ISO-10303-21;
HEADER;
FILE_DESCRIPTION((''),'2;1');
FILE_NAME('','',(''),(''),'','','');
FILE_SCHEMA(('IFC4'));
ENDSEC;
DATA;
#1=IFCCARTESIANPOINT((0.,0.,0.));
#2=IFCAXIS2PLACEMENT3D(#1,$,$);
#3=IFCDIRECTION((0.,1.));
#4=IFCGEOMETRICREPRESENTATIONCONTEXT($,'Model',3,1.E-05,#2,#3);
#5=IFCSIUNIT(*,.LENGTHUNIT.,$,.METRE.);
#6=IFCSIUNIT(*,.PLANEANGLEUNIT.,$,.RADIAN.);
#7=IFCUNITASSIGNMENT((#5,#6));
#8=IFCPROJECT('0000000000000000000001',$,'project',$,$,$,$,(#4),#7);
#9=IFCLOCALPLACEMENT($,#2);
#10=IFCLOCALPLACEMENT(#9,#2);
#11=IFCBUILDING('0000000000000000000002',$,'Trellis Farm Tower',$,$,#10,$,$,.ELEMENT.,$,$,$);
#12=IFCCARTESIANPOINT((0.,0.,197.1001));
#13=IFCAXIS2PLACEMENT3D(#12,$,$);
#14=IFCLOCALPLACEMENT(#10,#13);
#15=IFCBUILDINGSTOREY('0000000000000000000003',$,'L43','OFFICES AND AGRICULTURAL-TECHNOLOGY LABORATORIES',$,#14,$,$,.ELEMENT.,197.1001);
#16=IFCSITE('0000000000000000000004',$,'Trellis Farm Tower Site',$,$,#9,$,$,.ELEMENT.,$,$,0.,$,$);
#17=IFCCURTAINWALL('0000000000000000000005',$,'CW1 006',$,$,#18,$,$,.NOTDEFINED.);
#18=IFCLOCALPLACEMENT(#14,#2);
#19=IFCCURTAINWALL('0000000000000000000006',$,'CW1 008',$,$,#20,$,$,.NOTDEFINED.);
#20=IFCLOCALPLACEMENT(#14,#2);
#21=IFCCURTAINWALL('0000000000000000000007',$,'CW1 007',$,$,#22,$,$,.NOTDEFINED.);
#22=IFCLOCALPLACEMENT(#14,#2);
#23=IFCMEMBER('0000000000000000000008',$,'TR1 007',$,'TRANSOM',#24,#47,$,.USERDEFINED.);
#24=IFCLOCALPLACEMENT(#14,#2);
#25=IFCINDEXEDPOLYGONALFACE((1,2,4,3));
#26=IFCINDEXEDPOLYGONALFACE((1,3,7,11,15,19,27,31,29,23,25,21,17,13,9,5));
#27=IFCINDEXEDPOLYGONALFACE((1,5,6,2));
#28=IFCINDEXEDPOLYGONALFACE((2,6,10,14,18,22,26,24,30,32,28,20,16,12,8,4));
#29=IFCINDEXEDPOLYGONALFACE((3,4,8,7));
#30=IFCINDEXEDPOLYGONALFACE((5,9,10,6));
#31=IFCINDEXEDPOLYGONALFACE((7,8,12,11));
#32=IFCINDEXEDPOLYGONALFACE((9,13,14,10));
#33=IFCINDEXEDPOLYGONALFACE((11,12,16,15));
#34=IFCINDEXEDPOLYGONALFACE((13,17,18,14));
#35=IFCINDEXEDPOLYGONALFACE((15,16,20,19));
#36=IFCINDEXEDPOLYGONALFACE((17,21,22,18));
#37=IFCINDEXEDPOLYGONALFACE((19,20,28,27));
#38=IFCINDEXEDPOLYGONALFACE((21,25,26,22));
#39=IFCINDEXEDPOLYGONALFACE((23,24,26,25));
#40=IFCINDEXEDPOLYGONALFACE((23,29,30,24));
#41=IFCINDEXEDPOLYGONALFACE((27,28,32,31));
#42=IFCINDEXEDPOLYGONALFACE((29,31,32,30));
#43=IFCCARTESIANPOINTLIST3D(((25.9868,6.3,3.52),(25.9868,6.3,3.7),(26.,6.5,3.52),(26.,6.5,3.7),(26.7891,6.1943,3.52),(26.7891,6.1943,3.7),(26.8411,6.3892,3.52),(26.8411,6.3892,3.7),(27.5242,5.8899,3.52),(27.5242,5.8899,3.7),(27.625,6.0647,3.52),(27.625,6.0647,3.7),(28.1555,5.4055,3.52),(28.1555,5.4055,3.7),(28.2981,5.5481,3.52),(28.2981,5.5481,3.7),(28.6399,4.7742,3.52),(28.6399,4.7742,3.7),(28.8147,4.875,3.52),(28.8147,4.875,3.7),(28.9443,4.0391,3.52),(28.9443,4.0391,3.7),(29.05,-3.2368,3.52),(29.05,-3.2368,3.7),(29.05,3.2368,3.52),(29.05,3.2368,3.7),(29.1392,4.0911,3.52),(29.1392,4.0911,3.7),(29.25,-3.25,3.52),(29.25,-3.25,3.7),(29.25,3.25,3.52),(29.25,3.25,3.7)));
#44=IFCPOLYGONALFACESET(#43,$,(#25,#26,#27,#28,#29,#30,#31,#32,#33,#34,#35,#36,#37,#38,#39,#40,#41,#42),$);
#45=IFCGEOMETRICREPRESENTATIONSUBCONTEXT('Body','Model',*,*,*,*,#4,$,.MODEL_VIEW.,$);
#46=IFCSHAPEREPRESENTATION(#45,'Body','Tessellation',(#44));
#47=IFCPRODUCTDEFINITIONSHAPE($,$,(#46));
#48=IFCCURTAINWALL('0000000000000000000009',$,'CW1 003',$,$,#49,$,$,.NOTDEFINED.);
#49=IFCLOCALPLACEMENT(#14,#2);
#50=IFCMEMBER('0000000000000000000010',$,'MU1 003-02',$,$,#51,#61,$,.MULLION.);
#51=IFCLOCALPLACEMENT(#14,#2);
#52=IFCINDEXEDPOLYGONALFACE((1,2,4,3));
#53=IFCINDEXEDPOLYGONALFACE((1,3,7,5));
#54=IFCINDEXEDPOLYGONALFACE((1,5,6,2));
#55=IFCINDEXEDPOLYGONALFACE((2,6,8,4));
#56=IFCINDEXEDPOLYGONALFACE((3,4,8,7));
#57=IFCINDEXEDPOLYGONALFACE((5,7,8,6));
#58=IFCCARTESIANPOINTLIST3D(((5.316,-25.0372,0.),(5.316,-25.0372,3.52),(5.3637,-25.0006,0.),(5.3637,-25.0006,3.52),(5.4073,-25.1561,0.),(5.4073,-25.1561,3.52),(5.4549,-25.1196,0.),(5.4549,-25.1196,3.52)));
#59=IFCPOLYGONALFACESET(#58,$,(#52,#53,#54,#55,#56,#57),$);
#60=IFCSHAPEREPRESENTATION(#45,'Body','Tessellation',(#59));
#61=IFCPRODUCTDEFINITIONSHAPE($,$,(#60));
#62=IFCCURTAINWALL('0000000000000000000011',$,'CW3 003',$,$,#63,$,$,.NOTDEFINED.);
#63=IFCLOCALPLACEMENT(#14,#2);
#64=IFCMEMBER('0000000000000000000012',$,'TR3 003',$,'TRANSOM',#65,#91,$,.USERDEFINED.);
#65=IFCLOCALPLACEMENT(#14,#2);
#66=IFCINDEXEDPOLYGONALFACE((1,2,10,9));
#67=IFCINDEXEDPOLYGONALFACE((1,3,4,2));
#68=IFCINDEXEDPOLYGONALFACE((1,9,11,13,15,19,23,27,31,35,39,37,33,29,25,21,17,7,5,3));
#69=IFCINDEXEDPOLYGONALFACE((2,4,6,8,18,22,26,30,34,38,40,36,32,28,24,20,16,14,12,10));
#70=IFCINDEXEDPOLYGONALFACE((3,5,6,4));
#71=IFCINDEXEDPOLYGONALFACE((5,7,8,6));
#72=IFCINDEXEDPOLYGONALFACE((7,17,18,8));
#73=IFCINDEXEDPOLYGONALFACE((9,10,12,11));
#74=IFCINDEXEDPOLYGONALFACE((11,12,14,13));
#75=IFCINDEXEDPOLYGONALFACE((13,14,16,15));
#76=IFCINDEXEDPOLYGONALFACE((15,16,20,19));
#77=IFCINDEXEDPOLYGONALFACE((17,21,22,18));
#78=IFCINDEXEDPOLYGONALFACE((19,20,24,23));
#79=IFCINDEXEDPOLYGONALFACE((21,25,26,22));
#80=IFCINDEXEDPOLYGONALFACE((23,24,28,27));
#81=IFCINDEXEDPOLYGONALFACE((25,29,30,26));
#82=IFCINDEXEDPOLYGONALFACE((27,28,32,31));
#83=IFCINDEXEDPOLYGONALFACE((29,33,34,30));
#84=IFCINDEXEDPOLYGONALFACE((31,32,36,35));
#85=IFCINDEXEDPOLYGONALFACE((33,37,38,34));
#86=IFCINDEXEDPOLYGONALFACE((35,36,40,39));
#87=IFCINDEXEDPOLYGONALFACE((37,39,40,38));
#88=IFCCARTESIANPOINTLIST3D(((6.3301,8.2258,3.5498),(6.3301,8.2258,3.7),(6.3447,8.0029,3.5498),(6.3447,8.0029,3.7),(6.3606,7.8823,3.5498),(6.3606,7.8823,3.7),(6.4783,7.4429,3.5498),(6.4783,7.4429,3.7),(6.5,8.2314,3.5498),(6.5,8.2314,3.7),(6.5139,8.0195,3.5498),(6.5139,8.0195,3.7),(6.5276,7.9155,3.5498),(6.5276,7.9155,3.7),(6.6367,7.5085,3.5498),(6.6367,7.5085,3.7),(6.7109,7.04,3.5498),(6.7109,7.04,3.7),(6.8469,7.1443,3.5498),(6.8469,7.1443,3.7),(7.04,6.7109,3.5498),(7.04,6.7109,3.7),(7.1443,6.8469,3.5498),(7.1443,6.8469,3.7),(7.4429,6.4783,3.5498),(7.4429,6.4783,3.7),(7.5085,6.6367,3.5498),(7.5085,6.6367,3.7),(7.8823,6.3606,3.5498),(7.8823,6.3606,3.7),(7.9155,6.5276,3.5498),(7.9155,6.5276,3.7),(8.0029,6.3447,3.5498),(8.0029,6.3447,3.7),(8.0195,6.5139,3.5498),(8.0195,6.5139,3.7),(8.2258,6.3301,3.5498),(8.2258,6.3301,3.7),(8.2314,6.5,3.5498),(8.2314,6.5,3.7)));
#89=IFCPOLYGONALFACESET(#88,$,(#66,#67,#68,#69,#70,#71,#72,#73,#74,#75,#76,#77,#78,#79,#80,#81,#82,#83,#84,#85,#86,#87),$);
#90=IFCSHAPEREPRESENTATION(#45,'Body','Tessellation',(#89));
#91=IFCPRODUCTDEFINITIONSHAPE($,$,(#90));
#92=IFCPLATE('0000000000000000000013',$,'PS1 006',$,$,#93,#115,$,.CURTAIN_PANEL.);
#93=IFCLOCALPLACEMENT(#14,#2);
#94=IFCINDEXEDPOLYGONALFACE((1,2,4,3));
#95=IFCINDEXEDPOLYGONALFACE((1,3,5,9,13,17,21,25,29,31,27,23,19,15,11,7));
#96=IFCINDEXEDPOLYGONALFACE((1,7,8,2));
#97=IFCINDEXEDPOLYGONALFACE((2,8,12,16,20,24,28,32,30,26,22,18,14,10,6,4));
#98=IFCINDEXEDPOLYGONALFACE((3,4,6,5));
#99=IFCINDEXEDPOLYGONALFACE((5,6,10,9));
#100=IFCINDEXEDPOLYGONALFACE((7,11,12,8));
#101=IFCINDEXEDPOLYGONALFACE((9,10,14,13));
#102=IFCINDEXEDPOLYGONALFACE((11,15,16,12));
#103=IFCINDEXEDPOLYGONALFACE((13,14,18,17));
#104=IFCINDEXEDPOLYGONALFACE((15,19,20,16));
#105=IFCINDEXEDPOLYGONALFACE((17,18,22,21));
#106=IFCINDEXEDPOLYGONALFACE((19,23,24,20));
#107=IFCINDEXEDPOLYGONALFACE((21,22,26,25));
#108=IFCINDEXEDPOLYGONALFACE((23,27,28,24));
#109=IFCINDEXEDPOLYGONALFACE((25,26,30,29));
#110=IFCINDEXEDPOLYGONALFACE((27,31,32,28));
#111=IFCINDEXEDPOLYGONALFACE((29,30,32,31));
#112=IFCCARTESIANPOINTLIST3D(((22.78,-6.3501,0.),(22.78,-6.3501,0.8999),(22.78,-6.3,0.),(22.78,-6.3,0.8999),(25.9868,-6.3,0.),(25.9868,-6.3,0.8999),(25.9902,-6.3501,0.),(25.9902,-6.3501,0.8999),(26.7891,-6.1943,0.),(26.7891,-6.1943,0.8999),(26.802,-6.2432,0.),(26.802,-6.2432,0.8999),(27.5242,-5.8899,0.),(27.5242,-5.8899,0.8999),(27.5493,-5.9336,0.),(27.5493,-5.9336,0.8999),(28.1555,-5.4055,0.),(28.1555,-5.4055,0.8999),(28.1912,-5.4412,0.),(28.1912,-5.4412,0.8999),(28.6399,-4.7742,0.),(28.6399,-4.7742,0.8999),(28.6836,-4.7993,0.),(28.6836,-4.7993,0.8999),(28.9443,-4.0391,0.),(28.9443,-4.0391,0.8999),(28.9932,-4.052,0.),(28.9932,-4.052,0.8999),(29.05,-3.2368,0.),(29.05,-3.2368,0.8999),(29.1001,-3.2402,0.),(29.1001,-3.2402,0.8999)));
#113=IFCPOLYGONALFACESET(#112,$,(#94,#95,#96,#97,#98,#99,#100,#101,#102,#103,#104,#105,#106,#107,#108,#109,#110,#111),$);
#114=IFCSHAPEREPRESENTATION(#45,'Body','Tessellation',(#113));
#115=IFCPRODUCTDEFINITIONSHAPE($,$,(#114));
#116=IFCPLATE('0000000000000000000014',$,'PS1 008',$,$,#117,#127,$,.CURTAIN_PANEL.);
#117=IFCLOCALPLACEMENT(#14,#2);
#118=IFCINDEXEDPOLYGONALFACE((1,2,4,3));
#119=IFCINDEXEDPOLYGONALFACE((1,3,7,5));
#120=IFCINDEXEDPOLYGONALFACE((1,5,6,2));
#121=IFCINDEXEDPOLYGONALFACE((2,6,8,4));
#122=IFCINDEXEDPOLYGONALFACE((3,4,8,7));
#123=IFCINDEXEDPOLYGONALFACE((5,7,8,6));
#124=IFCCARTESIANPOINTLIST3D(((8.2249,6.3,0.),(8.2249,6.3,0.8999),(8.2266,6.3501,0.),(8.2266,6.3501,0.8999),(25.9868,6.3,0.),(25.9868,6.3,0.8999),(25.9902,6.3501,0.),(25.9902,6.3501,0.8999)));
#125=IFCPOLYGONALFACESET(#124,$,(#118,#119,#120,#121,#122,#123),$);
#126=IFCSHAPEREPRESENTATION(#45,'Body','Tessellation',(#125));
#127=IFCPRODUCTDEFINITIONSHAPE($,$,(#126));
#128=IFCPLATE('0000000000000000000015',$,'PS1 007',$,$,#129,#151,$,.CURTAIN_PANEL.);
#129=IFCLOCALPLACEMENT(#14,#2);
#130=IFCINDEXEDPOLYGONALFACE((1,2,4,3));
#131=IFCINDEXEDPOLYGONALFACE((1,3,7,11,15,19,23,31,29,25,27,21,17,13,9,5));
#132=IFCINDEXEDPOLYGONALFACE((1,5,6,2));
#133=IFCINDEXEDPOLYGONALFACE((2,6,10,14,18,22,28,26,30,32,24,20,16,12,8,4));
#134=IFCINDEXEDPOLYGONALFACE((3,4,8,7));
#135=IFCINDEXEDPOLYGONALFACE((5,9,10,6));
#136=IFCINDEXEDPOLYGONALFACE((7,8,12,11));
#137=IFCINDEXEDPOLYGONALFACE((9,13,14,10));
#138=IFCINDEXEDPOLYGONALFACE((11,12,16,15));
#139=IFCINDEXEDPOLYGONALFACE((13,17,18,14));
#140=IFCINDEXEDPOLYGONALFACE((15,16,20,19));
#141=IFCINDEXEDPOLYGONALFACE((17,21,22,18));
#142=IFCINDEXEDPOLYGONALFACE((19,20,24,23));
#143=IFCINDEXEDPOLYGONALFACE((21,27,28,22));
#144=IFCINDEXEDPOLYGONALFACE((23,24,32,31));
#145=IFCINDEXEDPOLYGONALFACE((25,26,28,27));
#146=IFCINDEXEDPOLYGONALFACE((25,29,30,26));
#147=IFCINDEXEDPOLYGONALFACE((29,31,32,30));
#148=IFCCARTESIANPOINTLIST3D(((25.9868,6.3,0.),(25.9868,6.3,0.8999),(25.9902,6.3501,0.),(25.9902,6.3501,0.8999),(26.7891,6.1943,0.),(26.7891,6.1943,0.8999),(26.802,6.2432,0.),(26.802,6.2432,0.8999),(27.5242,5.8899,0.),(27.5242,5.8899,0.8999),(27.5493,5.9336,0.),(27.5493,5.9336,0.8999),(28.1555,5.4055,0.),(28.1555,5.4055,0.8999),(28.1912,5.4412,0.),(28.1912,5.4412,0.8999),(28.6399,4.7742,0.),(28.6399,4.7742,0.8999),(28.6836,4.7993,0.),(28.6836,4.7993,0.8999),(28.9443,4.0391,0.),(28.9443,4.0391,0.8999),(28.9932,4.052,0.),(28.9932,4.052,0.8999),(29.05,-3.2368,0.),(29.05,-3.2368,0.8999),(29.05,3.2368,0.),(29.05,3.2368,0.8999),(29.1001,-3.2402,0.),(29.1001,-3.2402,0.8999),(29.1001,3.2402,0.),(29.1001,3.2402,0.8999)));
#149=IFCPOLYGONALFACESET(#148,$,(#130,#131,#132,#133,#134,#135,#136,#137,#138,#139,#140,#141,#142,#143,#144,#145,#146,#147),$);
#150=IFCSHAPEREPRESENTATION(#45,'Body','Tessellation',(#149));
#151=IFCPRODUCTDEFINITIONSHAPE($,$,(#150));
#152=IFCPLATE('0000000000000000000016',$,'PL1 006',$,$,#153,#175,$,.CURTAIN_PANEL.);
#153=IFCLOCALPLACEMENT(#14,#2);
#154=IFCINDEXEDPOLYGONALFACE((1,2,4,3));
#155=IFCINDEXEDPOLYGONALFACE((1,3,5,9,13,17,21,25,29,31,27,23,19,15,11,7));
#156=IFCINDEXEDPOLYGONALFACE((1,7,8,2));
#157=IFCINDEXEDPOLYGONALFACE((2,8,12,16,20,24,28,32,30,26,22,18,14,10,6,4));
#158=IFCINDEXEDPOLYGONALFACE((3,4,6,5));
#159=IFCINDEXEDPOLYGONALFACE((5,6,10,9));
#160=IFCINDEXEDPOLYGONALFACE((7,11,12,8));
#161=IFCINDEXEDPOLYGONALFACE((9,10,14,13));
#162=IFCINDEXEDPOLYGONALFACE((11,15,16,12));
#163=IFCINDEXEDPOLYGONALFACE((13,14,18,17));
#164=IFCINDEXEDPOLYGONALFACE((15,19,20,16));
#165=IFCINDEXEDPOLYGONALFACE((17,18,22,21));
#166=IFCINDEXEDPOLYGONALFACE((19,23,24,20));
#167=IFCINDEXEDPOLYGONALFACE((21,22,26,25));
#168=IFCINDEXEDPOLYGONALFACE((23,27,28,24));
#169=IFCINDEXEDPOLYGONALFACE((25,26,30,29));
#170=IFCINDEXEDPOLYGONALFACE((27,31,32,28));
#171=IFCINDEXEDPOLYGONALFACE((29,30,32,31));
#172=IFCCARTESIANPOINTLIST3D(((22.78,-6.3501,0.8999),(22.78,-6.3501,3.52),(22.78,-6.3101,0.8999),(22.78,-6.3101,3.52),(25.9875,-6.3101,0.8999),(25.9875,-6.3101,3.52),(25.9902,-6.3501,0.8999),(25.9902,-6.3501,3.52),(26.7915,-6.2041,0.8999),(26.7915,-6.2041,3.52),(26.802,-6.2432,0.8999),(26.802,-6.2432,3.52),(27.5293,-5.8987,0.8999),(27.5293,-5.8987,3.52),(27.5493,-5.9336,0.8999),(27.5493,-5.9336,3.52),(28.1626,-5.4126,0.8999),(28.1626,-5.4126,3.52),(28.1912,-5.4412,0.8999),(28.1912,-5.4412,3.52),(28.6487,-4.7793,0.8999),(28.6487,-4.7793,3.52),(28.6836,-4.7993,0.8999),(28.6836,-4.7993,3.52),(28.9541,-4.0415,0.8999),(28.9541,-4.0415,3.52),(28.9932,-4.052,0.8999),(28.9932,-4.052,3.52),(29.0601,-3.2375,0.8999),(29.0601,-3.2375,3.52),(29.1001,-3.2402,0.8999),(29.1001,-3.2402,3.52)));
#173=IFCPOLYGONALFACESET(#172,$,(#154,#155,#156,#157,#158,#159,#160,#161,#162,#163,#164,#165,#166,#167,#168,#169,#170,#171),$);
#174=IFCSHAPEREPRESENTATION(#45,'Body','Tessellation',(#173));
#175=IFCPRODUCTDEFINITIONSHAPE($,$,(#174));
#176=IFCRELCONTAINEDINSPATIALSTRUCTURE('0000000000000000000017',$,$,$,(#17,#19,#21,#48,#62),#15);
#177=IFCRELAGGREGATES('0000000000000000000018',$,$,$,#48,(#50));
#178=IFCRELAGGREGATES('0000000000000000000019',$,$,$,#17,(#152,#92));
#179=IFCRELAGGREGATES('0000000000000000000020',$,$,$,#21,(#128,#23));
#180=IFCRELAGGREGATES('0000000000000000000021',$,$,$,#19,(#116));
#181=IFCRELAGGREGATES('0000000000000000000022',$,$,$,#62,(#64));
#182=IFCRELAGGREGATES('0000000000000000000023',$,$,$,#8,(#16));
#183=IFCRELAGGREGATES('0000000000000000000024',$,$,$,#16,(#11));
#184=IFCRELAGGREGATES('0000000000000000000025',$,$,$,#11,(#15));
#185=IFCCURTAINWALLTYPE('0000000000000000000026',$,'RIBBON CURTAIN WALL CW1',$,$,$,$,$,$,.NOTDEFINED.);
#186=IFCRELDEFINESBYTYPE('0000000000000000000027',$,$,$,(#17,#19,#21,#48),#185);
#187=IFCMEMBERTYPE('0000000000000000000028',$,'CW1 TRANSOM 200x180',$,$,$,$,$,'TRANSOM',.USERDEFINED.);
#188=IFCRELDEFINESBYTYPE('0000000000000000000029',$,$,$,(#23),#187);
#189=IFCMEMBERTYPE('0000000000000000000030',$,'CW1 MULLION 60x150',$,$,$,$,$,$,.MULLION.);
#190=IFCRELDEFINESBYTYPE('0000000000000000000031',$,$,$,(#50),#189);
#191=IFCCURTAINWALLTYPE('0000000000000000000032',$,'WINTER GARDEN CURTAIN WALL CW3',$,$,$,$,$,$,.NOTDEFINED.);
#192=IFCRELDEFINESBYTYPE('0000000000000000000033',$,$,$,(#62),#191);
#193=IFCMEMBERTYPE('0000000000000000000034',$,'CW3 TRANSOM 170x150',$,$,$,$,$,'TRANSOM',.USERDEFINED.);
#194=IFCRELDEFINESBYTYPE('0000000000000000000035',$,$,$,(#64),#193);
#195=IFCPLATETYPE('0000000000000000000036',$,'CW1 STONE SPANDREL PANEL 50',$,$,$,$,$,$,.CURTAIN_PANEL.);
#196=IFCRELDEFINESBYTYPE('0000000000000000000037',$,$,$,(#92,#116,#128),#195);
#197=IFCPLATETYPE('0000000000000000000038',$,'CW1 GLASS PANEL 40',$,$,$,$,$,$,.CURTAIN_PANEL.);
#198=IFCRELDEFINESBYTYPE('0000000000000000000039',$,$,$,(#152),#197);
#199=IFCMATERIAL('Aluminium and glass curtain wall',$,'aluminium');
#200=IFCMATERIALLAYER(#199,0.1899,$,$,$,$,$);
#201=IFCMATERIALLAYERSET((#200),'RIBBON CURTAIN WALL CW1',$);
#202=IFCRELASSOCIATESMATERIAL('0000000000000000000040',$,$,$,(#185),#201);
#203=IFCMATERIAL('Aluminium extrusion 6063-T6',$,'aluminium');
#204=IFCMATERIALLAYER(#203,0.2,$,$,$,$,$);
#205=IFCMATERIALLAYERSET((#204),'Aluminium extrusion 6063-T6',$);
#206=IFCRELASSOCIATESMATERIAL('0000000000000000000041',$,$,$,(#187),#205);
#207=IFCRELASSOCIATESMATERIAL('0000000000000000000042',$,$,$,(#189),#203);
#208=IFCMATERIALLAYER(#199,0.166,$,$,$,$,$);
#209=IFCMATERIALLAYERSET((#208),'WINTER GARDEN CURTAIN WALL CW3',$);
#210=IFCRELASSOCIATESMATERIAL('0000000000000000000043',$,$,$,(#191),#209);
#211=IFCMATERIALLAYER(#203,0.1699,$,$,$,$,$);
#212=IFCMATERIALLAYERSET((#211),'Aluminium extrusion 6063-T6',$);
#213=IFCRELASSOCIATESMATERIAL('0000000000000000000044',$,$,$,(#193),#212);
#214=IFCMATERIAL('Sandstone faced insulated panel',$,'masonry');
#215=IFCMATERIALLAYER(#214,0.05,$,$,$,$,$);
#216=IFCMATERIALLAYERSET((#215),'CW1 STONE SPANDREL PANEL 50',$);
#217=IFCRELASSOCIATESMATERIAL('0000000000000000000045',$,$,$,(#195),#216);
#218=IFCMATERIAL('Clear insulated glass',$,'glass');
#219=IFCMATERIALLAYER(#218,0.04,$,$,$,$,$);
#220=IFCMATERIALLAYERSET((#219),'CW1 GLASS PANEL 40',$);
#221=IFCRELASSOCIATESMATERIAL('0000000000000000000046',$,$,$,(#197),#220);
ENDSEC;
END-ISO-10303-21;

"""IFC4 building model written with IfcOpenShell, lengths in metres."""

from ifc_helpers import new_model, si_unit, direction, frame, origin, origin_2d, place, context, subcontext, project, spatial, polyline, rectangle, outline, extrude, source, transform, mapped, material, layer, layer_set, material_profile, profile_set, type_object, element, aggregate, save


model = new_model("IFC4")

# Units and contexts
model_context = context("Model", 3, precision=1e-05, world=origin(), true_north=direction((0.0, 1.0)))
body_context = subcontext(model_context, "Body", "Model", "MODEL_VIEW")
ifc_project = project(units=[si_unit("LENGTHUNIT", "METRE"), si_unit("PLANEANGLEUNIT", "RADIAN")], contexts=[model_context])

# Site, building, storey
site_placement = place(None, origin())
site = spatial("IfcSite", under=ifc_project, at=site_placement, Name="Trellis Farm Tower Site", CompositionType="ELEMENT", RefElevation=0.0)
building_placement = place(site_placement, origin())
building = spatial("IfcBuilding", under=site, at=building_placement, Name="Trellis Farm Tower", CompositionType="ELEMENT")
storey_placement = place(building_placement, frame((0.0, 0.0, 197.1001)))
storey = spatial("IfcBuildingStorey", under=building, at=storey_placement, Name="L43", Description="OFFICES AND AGRICULTURAL-TECHNOLOGY LABORATORIES", CompositionType="ELEMENT", Elevation=197.1001)

# Curtain walls, members
ifc_material_1 = material(Name="Aluminium and glass curtain wall", Category="aluminium")
ifc_layer_1 = layer(ifc_material_1, 0.1899)
ifc_layer_set_1 = layer_set([ifc_layer_1], Name="RIBBON CURTAIN WALL CW1")
curtain_wall_type_1 = type_object("IfcCurtainWallType", Name="RIBBON CURTAIN WALL CW1", PredefinedType="NOTDEFINED", material=ifc_layer_set_1)
placement_1 = place(storey_placement, origin())
curtain_wall_1 = element("IfcCurtainWall", 1, at=placement_1, inside=storey, type_object=curtain_wall_type_1, Name="CW1 006", PredefinedType="NOTDEFINED")
ifc_material_2 = material(Name="Aluminium extrusion 6063-T6", Category="aluminium")
ifc_layer_2 = layer(ifc_material_2, 0.2)
ifc_layer_set_2 = layer_set([ifc_layer_2], Name="Aluminium extrusion 6063-T6")
member_type_1 = type_object("IfcMemberType", Name="CW1 TRANSOM 200x180", ElementType="TRANSOM", PredefinedType="USERDEFINED", material=ifc_layer_set_2)
placement_2 = place(storey_placement, frame((0.0, 0.0, 3.52)))
curtain_wall_2 = element("IfcCurtainWall", 2, at=placement_1, inside=storey, type_object=curtain_wall_type_1, Name="CW1 008", PredefinedType="NOTDEFINED")
curtain_wall_3 = element("IfcCurtainWall", 3, at=placement_1, inside=storey, type_object=curtain_wall_type_1, Name="CW1 007", PredefinedType="NOTDEFINED")
shared_shape_1 = source(origin(), body_context, "Body", "SweptSolid", [
    extrude(outline(polyline([(29.25, -3.25), (29.25, 3.25), (29.1392, 4.0911), (28.8147, 4.875), (28.2981, 5.5481), (27.625, 6.0647), (26.8411, 6.3892), (26.0, 6.5), (25.9868, 6.3), (26.7891, 6.1943), (27.5242, 5.8899), (28.1555, 5.4055), (28.6399, 4.7742), (28.9443, 4.0391), (29.05, 3.2368), (29.05, -3.2368), (29.25, -3.25)])), origin(), (0.0, 0.0, 1.0), 0.1799),
])
member_1 = element("IfcMember", 4, at=placement_2, type_object=member_type_1, Name="TR1 007", ObjectType="TRANSOM", PredefinedType="USERDEFINED", context=body_context, shape_type="MappedRepresentation", body=[
    mapped(shared_shape_1, transform((0.0, 0.0, 0.0))),
])
curtain_wall_4 = element("IfcCurtainWall", 5, at=placement_1, inside=storey, type_object=curtain_wall_type_1, Name="CW1 003", PredefinedType="NOTDEFINED")
ifc_material_profile_1 = material_profile(ifc_material_2, rectangle(XDim=0.0601, YDim=0.1499, at=origin_2d()), Name="MULLION 60x150")
ifc_profile_set_1 = profile_set([ifc_material_profile_1], Name="Aluminium extrusion 6063-T6")
member_type_2 = type_object("IfcMemberType", Name="CW1 MULLION 60x150", PredefinedType="MULLION", material=ifc_profile_set_1)
shared_shape_2 = source(origin(), body_context, "Body", "SweptSolid", [
    extrude(rectangle(XDim=0.0601, YDim=0.1499, at=origin_2d()), origin(), (0.0, 0.0, 1.0), 3.52),
])
member_2_placement = place(storey_placement, frame((5.3855, -25.0784, 0.0), z_axis=(0.0, 0.0, 1.0), x_axis=(0.793353, 0.608761, 0.0)))
member_2 = element("IfcMember", 6, at=member_2_placement, type_object=member_type_2, Name="MU1 003-02", PredefinedType="MULLION", context=body_context, shape_type="MappedRepresentation", body=[
    mapped(shared_shape_2, transform((0.0, 0.0, 0.0))),
])
aggregate(curtain_wall_4, [member_2])
ifc_layer_3 = layer(ifc_material_1, 0.166)
ifc_layer_set_3 = layer_set([ifc_layer_3], Name="WINTER GARDEN CURTAIN WALL CW3")
curtain_wall_type_2 = type_object("IfcCurtainWallType", Name="WINTER GARDEN CURTAIN WALL CW3", PredefinedType="NOTDEFINED", material=ifc_layer_set_3)
curtain_wall_5 = element("IfcCurtainWall", 7, at=placement_1, inside=storey, type_object=curtain_wall_type_2, Name="CW3 003", PredefinedType="NOTDEFINED")
ifc_layer_4 = layer(ifc_material_2, 0.1699)
ifc_layer_set_4 = layer_set([ifc_layer_4], Name="Aluminium extrusion 6063-T6")
member_type_3 = type_object("IfcMemberType", Name="CW3 TRANSOM 170x150", ElementType="TRANSOM", PredefinedType="USERDEFINED", material=ifc_layer_set_4)
shared_shape_3 = source(origin(), body_context, "Body", "SweptSolid", [
    extrude(outline(polyline([(8.2314, 6.5), (8.0195, 6.5139), (7.9155, 6.5276), (7.5085, 6.6367), (7.1443, 6.8469), (6.8469, 7.1443), (6.6367, 7.5085), (6.5276, 7.9155), (6.5139, 8.0195), (6.5, 8.2314), (6.3301, 8.2258), (6.3447, 8.0029), (6.3606, 7.8823), (6.4783, 7.4429), (6.7109, 7.04), (7.04, 6.7109), (7.4429, 6.4783), (7.8823, 6.3606), (8.0029, 6.3447), (8.2258, 6.3301), (8.2314, 6.5)])), origin(), (0.0, 0.0, 1.0), 0.1501),
])
member_3_placement = place(storey_placement, frame((0.0, 0.0, 3.5498)))
member_3 = element("IfcMember", 8, at=member_3_placement, type_object=member_type_3, Name="TR3 003", ObjectType="TRANSOM", PredefinedType="USERDEFINED", context=body_context, shape_type="MappedRepresentation", body=[
    mapped(shared_shape_3, transform((0.0, 0.0, 0.0))),
])

# Plates
ifc_material_3 = material(Name="Sandstone faced insulated panel", Category="masonry")
ifc_layer_5 = layer(ifc_material_3, 0.05)
ifc_layer_set_5 = layer_set([ifc_layer_5], Name="CW1 STONE SPANDREL PANEL 50")
plate_type_1 = type_object("IfcPlateType", Name="CW1 STONE SPANDREL PANEL 50", PredefinedType="CURTAIN_PANEL", material=ifc_layer_set_5)
shared_shape_4 = source(origin(), body_context, "Body", "SweptSolid", [
    extrude(outline(polyline([(22.78, -6.3501), (25.9902, -6.3501), (26.802, -6.2432), (27.5493, -5.9336), (28.1912, -5.4412), (28.6836, -4.7993), (28.9932, -4.052), (29.1001, -3.2402), (29.05, -3.2368), (28.9443, -4.0391), (28.6399, -4.7742), (28.1555, -5.4055), (27.5242, -5.8899), (26.7891, -6.1943), (25.9868, -6.3), (22.78, -6.3), (22.78, -6.3501)])), origin(), (0.0, 0.0, 1.0), 0.8999),
])
plate_1 = element("IfcPlate", 9, at=placement_1, type_object=plate_type_1, Name="PS1 006", PredefinedType="CURTAIN_PANEL", context=body_context, shape_type="MappedRepresentation", body=[
    mapped(shared_shape_4, transform((0.0, 0.0, 0.0))),
])
shared_shape_5 = source(origin(), body_context, "Body", "SweptSolid", [
    extrude(outline(polyline([(25.9902, 6.3501), (8.2266, 6.3501), (8.2249, 6.3), (25.9868, 6.3), (25.9902, 6.3501)])), origin(), (0.0, 0.0, 1.0), 0.8999),
])
plate_2 = element("IfcPlate", 10, at=placement_1, type_object=plate_type_1, Name="PS1 008", PredefinedType="CURTAIN_PANEL", context=body_context, shape_type="MappedRepresentation", body=[
    mapped(shared_shape_5, transform((0.0, 0.0, 0.0))),
])
shared_shape_6 = source(origin(), body_context, "Body", "SweptSolid", [
    extrude(outline(polyline([(29.1001, -3.2402), (29.1001, 3.2402), (28.9932, 4.052), (28.6836, 4.7993), (28.1912, 5.4412), (27.5493, 5.9336), (26.802, 6.2432), (25.9902, 6.3501), (25.9868, 6.3), (26.7891, 6.1943), (27.5242, 5.8899), (28.1555, 5.4055), (28.6399, 4.7742), (28.9443, 4.0391), (29.05, 3.2368), (29.05, -3.2368), (29.1001, -3.2402)])), origin(), (0.0, 0.0, 1.0), 0.8999),
])
plate_3 = element("IfcPlate", 11, at=placement_1, type_object=plate_type_1, Name="PS1 007", PredefinedType="CURTAIN_PANEL", context=body_context, shape_type="MappedRepresentation", body=[
    mapped(shared_shape_6, transform((0.0, 0.0, 0.0))),
])
ifc_material_4 = material(Name="Clear insulated glass", Category="glass")
ifc_layer_6 = layer(ifc_material_4, 0.04)
ifc_layer_set_6 = layer_set([ifc_layer_6], Name="CW1 GLASS PANEL 40")
plate_type_2 = type_object("IfcPlateType", Name="CW1 GLASS PANEL 40", PredefinedType="CURTAIN_PANEL", material=ifc_layer_set_6)
shared_shape_7 = source(origin(), body_context, "Body", "SweptSolid", [
    extrude(outline(polyline([(22.78, -6.3501), (25.9902, -6.3501), (26.802, -6.2432), (27.5493, -5.9336), (28.1912, -5.4412), (28.6836, -4.7993), (28.9932, -4.052), (29.1001, -3.2402), (29.0601, -3.2375), (28.9541, -4.0415), (28.6487, -4.7793), (28.1626, -5.4126), (27.5293, -5.8987), (26.7915, -6.2041), (25.9875, -6.3101), (22.78, -6.3101), (22.78, -6.3501)])), origin(), (0.0, 0.0, 1.0), 2.6201),
])
placement_3 = place(storey_placement, frame((0.0, 0.0, 0.8999)))
plate_4 = element("IfcPlate", 12, at=placement_3, type_object=plate_type_2, Name="PL1 006", PredefinedType="CURTAIN_PANEL", context=body_context, shape_type="MappedRepresentation", body=[
    mapped(shared_shape_7, transform((0.0, 0.0, 0.0))),
])
aggregate(curtain_wall_1, [plate_4, plate_1])
aggregate(curtain_wall_3, [plate_3, member_1])
aggregate(curtain_wall_2, [plate_2])
aggregate(curtain_wall_5, [member_3])

save(model, "model.ifc")
